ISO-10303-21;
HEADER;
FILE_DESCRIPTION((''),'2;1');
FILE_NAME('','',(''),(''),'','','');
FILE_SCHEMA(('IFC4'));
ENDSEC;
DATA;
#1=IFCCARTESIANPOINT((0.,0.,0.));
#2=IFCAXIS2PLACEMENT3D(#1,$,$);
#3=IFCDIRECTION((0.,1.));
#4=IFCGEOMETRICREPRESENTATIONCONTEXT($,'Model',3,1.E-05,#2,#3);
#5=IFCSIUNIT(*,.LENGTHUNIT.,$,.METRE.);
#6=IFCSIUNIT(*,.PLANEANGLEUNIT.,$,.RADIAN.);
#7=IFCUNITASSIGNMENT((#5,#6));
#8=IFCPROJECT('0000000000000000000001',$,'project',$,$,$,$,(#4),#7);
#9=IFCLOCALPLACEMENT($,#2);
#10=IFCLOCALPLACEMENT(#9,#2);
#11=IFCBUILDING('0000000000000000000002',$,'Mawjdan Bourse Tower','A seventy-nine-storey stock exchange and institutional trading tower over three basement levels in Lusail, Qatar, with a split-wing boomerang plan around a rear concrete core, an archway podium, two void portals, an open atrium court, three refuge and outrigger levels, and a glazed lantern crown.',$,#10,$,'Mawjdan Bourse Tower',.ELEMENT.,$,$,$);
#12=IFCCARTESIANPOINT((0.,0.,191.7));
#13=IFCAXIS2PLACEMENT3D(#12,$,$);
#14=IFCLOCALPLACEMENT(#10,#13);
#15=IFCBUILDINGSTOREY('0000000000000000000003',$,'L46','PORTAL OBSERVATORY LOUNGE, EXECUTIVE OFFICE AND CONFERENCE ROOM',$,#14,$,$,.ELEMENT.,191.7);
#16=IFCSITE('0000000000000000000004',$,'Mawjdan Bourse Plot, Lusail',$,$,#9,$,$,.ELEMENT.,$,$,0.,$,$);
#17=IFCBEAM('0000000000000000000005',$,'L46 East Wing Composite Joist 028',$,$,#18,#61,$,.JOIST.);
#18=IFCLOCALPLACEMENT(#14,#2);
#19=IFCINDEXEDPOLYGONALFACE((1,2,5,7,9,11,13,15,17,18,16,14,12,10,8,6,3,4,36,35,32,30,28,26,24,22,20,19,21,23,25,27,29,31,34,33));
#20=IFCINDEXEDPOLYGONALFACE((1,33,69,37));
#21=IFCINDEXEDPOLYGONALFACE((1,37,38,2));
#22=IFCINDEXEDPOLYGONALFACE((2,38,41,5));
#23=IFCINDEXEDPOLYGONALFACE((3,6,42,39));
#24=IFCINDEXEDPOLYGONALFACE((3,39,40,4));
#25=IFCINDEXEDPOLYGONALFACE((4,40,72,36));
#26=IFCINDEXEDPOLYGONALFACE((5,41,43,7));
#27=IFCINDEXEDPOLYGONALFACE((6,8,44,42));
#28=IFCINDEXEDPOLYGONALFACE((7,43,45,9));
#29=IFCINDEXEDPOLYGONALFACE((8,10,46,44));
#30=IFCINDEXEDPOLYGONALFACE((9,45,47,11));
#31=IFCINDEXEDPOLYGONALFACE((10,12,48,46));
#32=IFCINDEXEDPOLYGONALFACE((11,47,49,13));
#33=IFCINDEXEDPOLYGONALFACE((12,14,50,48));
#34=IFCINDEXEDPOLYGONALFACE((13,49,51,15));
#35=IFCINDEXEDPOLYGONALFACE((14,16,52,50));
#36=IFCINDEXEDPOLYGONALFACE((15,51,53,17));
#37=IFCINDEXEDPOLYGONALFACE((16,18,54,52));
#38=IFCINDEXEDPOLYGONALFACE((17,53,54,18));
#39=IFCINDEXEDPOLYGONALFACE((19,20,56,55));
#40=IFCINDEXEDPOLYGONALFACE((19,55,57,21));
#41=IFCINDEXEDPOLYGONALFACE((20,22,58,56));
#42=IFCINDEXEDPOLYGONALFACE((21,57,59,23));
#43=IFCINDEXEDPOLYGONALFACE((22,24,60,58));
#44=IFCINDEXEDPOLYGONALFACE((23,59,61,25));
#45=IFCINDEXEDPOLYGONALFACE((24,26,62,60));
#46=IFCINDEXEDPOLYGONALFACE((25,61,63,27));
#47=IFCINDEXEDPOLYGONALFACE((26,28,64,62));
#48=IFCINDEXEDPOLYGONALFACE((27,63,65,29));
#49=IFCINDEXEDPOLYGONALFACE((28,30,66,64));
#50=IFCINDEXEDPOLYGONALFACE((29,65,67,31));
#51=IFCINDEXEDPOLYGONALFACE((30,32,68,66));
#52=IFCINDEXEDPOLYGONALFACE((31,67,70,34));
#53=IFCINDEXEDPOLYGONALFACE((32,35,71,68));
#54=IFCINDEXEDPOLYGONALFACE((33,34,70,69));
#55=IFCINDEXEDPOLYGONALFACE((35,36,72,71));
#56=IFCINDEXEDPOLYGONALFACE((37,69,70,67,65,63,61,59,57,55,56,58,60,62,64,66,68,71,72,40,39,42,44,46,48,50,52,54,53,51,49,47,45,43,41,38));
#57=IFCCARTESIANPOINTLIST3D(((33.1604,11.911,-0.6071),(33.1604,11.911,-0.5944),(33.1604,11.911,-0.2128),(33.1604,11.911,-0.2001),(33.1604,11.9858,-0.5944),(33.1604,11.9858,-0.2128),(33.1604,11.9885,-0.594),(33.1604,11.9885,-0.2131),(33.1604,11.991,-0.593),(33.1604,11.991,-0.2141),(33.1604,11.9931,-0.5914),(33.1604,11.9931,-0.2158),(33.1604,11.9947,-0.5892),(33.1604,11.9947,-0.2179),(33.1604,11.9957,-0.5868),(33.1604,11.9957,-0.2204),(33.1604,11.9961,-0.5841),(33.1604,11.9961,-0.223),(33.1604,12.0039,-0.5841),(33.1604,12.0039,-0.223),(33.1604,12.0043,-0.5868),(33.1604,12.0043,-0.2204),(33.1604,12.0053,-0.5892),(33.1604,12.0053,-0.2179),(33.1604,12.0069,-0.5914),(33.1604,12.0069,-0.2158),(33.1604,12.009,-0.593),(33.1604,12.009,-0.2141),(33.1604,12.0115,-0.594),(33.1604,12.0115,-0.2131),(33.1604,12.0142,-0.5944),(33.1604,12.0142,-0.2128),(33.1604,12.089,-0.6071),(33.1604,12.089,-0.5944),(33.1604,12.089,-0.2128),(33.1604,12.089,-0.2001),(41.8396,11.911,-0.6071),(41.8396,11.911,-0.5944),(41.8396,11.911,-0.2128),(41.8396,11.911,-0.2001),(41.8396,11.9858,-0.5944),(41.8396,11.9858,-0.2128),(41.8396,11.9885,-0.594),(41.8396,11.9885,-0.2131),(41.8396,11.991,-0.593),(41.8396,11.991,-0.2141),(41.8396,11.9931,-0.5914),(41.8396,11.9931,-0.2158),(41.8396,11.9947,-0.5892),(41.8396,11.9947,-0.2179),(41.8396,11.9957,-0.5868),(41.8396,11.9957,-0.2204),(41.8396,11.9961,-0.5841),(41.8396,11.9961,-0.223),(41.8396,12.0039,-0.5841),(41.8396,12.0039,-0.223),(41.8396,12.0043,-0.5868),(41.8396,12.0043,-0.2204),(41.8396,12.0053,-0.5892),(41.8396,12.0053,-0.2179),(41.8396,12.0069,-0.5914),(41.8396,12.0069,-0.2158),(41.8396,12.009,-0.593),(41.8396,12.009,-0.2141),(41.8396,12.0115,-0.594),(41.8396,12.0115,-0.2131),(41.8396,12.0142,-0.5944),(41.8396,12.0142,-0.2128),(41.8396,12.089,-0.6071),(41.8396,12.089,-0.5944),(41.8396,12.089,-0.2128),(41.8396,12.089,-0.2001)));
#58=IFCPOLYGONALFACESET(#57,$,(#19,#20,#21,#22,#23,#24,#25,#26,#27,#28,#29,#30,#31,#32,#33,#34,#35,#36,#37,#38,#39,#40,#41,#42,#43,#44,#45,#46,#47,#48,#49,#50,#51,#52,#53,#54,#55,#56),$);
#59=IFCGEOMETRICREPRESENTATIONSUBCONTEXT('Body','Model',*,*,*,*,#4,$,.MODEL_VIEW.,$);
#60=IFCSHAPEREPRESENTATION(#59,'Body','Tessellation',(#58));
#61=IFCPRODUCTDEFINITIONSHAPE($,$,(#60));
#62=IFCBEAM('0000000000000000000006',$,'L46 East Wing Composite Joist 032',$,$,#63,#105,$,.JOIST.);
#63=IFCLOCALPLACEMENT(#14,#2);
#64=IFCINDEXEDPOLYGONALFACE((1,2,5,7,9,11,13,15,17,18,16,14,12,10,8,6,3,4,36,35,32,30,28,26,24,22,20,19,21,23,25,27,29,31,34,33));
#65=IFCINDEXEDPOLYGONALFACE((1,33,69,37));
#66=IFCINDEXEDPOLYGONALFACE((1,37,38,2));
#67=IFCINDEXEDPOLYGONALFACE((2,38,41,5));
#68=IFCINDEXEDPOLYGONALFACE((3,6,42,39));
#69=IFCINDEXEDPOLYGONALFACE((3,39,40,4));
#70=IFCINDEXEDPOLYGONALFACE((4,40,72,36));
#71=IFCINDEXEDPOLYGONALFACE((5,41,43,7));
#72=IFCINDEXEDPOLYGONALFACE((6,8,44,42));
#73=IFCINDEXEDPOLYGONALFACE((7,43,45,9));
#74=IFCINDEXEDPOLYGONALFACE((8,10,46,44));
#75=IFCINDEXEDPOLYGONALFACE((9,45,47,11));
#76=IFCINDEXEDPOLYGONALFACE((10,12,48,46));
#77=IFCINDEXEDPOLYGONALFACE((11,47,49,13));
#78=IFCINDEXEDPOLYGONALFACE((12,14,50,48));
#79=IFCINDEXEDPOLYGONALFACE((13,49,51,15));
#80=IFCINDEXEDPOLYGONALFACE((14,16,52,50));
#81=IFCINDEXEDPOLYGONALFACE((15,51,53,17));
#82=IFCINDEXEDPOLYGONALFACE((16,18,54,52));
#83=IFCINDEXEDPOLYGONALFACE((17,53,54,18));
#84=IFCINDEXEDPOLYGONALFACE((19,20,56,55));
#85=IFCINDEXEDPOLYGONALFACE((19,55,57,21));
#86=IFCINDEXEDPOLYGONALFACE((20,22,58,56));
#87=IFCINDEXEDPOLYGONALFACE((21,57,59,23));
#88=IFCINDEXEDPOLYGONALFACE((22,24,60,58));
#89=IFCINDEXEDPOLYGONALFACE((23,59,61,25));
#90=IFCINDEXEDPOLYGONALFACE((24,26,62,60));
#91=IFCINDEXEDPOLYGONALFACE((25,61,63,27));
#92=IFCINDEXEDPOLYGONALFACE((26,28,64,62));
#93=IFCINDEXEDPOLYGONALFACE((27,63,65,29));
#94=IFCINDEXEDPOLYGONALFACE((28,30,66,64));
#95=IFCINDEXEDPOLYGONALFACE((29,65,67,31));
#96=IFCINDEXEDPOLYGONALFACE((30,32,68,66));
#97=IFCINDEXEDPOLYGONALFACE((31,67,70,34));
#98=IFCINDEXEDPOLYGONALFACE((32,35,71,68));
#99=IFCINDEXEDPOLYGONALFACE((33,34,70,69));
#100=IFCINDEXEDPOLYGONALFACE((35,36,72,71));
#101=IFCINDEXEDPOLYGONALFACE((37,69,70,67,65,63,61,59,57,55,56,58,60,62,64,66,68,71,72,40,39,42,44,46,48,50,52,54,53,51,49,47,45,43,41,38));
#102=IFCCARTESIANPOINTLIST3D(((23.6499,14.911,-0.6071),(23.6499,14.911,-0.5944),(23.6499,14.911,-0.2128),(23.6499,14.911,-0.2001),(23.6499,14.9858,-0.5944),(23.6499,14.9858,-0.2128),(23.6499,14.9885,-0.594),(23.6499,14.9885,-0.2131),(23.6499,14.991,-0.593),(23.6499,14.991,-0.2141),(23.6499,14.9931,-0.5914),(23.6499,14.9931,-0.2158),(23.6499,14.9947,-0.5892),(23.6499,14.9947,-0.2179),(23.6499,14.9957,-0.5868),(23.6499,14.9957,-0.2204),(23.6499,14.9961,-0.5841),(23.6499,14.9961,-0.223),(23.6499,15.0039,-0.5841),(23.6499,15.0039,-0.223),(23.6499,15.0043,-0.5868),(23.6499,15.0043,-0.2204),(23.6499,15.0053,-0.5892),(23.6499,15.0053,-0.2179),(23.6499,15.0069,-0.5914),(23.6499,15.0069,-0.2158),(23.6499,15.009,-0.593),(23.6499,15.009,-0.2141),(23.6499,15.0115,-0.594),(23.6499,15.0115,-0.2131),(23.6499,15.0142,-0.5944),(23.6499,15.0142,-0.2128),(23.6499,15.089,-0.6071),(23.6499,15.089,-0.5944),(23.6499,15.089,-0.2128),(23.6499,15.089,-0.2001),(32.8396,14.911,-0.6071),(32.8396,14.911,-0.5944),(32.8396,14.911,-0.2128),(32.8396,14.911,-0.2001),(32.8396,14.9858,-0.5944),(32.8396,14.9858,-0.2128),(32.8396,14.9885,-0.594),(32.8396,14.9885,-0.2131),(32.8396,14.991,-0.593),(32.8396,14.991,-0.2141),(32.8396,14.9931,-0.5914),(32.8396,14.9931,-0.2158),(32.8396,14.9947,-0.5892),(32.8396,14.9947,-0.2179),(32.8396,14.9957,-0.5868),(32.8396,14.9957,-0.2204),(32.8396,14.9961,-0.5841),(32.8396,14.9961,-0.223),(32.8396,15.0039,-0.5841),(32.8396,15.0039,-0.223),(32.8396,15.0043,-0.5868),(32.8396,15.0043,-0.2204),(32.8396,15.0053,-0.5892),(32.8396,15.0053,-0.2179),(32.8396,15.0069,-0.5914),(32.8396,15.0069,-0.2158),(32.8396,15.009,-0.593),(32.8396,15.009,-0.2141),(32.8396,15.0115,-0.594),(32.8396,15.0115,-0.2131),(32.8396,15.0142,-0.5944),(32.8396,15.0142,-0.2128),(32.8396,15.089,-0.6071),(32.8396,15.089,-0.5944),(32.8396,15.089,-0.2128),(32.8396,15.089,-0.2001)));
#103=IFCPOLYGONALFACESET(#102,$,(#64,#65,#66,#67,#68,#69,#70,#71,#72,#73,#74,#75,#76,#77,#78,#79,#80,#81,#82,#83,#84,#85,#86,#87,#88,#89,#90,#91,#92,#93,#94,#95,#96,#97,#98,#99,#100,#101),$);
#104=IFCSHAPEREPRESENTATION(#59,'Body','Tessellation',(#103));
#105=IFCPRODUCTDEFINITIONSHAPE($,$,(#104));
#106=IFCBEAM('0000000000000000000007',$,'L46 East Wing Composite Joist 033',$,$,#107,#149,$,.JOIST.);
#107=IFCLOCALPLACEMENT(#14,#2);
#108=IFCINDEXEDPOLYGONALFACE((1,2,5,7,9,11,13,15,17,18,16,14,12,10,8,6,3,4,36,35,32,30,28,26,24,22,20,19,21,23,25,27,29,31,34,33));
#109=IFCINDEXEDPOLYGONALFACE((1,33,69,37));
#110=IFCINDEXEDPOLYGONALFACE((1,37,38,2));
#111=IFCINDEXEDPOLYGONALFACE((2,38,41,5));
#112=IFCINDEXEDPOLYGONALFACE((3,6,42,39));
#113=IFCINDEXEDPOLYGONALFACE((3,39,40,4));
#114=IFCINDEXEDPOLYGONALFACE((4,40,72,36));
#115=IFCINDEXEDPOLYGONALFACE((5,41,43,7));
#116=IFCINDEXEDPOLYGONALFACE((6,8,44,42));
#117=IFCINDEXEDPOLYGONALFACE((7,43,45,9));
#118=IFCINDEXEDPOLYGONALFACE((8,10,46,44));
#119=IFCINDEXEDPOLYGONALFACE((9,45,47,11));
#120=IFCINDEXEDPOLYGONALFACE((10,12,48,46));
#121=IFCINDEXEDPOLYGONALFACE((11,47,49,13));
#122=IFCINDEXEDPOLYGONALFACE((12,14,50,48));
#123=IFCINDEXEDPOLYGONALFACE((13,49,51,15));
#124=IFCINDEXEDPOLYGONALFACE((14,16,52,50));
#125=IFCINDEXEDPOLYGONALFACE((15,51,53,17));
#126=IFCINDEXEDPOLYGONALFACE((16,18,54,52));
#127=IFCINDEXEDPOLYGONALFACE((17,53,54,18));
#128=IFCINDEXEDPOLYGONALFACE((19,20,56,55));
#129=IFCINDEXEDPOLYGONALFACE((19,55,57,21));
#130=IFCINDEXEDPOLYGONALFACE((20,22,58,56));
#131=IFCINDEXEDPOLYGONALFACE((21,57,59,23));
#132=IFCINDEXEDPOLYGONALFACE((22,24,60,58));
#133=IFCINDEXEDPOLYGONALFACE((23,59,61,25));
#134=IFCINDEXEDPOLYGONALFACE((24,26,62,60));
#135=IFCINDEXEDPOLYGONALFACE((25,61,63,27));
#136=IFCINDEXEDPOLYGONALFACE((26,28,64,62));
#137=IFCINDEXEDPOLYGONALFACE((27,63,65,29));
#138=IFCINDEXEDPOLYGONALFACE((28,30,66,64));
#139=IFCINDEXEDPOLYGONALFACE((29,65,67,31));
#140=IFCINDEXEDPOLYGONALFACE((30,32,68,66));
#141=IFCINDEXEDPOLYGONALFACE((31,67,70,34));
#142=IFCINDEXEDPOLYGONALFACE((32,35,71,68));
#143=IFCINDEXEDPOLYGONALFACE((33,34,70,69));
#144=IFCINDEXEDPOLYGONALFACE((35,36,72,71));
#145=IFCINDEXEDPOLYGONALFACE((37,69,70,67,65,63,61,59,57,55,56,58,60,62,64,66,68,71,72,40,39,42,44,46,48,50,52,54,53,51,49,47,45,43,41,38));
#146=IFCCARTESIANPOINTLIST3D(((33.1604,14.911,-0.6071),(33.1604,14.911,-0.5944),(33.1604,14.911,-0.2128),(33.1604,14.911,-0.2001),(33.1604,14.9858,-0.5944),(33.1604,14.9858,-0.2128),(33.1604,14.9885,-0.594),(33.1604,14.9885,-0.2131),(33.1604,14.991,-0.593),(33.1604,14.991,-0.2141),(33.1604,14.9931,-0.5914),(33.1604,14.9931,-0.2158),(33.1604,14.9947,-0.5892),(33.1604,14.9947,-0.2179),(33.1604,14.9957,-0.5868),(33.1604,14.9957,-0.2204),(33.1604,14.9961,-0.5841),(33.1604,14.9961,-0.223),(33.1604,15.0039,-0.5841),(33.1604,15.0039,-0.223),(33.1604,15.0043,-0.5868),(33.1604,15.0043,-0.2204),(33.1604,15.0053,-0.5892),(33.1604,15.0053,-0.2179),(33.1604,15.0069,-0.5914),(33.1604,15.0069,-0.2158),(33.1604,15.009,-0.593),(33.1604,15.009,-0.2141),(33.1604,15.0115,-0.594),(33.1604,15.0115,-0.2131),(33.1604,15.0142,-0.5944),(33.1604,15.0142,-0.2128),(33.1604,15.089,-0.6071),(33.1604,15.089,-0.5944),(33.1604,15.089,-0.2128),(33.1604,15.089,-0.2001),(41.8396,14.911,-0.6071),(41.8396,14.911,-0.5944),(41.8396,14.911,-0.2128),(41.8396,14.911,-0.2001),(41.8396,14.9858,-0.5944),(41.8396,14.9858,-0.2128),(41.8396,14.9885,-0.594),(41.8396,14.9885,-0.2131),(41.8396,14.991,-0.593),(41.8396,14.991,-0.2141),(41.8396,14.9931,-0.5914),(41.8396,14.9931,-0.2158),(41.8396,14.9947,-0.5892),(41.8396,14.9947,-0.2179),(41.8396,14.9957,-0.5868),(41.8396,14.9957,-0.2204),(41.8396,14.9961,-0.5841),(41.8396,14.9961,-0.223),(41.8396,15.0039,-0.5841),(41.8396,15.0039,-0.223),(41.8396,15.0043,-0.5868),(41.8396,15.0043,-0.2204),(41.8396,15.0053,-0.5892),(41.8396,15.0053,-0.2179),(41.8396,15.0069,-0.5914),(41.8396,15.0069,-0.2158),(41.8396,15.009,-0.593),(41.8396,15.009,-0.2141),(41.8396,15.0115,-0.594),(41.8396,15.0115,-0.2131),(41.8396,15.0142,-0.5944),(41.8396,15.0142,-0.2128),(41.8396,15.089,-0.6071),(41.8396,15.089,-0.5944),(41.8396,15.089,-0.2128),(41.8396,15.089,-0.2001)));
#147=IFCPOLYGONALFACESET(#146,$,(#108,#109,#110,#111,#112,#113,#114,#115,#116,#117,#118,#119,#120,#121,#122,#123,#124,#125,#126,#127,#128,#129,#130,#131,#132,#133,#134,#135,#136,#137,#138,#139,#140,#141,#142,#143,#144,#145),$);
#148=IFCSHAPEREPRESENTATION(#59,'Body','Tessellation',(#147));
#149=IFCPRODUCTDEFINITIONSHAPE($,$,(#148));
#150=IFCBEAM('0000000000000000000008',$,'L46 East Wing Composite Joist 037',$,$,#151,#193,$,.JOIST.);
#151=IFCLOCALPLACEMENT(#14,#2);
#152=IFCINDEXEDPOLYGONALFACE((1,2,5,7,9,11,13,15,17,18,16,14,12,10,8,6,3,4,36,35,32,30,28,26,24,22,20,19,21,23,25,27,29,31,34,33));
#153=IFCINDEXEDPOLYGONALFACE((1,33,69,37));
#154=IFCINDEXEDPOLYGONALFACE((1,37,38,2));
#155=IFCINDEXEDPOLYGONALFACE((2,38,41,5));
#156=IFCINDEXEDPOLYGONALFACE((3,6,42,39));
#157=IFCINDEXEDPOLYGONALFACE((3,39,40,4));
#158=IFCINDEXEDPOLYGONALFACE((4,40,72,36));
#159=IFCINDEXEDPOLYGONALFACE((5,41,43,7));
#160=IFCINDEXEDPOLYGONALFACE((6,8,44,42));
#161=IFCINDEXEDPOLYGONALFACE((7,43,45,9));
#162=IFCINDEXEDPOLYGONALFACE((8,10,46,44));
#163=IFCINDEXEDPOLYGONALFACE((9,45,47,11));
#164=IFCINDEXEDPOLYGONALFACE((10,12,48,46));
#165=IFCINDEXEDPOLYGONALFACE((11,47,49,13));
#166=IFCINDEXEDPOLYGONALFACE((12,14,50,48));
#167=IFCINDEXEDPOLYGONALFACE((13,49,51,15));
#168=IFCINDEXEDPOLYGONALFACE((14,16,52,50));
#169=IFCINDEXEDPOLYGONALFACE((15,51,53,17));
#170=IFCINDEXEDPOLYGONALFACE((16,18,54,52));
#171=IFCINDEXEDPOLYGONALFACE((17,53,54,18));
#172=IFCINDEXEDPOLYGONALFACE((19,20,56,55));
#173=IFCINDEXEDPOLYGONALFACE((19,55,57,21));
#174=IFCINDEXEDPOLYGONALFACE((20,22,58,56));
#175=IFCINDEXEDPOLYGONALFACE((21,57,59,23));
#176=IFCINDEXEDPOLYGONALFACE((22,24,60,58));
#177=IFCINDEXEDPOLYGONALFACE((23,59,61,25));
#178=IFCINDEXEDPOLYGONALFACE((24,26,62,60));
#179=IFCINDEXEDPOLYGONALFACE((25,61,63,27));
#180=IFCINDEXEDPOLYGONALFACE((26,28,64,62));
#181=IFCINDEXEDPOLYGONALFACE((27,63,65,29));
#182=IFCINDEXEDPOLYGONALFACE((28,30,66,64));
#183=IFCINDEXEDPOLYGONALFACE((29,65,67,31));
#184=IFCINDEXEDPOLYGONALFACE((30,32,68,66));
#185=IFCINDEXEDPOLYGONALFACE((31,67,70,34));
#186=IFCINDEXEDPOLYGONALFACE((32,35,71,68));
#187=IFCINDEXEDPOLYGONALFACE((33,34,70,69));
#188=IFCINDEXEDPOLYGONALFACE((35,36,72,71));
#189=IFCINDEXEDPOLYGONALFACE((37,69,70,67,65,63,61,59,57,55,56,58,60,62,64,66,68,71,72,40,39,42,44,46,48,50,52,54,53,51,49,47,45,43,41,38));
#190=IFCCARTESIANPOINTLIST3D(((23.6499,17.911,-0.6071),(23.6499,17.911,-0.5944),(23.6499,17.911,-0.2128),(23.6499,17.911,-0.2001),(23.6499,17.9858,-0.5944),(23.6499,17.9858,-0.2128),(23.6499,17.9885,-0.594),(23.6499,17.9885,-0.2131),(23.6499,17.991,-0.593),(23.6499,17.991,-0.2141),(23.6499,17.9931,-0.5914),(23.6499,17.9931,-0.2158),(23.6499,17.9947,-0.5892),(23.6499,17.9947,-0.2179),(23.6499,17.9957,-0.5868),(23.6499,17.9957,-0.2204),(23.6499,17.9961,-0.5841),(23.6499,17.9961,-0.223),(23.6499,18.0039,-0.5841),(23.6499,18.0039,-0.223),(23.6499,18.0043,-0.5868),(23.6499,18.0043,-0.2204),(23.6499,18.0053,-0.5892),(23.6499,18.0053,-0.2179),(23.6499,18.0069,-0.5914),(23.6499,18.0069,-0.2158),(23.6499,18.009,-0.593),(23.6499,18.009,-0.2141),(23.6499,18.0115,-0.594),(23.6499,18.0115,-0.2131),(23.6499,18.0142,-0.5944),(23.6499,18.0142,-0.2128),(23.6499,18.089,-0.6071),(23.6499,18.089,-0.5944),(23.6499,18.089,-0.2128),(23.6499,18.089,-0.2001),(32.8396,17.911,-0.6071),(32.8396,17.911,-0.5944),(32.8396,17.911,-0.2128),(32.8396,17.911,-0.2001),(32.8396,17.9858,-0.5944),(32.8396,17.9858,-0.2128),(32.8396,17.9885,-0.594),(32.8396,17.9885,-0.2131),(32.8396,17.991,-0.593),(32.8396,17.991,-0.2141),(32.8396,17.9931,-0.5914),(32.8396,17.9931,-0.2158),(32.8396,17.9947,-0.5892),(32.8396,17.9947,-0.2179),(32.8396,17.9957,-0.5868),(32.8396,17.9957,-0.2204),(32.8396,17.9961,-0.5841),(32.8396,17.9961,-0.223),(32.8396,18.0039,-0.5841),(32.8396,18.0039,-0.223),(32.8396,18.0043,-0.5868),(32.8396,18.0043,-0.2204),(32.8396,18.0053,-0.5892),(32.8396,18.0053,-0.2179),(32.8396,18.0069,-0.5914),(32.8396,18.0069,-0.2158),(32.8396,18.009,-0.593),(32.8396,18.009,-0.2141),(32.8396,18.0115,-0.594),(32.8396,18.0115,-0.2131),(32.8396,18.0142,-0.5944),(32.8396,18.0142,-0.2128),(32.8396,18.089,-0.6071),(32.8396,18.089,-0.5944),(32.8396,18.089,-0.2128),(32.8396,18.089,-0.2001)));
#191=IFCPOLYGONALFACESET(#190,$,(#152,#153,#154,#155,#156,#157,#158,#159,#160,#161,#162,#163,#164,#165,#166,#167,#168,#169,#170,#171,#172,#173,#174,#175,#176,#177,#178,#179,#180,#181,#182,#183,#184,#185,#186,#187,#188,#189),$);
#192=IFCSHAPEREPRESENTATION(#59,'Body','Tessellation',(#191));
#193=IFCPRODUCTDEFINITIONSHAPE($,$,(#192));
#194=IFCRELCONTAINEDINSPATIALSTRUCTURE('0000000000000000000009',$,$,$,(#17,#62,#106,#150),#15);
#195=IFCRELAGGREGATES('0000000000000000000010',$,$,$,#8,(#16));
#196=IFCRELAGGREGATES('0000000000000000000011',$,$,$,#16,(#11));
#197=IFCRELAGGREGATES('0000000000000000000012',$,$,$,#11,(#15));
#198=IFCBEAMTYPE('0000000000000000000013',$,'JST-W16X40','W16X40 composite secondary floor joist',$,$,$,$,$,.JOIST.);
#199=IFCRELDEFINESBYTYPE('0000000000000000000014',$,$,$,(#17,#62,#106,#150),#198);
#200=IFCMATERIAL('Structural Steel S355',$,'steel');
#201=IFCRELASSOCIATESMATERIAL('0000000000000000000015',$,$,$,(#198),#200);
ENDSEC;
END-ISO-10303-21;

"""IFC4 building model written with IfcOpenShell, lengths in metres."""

from ifc_helpers import new_model, si_unit, direction, frame, origin, origin_2d, place, context, subcontext, project, spatial, i_section, extrude, material, material_profile, profile_set, type_object, element, save


model = new_model("IFC4")

# Units and contexts
model_context = context("Model", 3, precision=1e-05, world=origin(), true_north=direction((0.0, 1.0)))
body_context = subcontext(model_context, "Body", "Model", "MODEL_VIEW")
ifc_project = project(units=[si_unit("LENGTHUNIT", "METRE"), si_unit("PLANEANGLEUNIT", "RADIAN")], contexts=[model_context])

# Site, building, storey
site_placement = place(None, origin())
site = spatial("IfcSite", under=ifc_project, at=site_placement, Name="Mawjdan Bourse Plot, Lusail", CompositionType="ELEMENT", RefElevation=0.0)
building_placement = place(site_placement, origin())
building = spatial("IfcBuilding", under=site, at=building_placement, Name="Mawjdan Bourse Tower", Description="A seventy-nine-storey stock exchange and institutional trading tower over three basement levels in Lusail, Qatar, with a split-wing boomerang plan around a rear concrete core, an archway podium, two void portals, an open atrium court, three refuge and outrigger levels, and a glazed lantern crown.", LongName="Mawjdan Bourse Tower", CompositionType="ELEMENT")
storey_placement = place(building_placement, frame((0.0, 0.0, 191.7)))
storey = spatial("IfcBuildingStorey", under=building, at=storey_placement, Name="L46", Description="PORTAL OBSERVATORY LOUNGE, EXECUTIVE OFFICE AND CONFERENCE ROOM", CompositionType="ELEMENT", Elevation=191.7)

# Beams
ifc_material_1 = material(Name="Structural Steel S355", Category="steel")
ifc_material_profile_1 = material_profile(ifc_material_1, i_section(OverallWidth=0.178, OverallDepth=0.407, WebThickness=0.0078, FlangeThickness=0.0127, FilletRadius=0.0103, at=origin_2d()), Name="W16X40")
ifc_profile_set_1 = profile_set([ifc_material_profile_1], Name="Structural Steel S355")
beam_type_1 = type_object("IfcBeamType", Name="JST-W16X40", Description="W16X40 composite secondary floor joist", PredefinedType="JOIST", material=ifc_profile_set_1)
for number, where, z_axis, x_axis, name in (
    (1, (33.1604, 12.0, -0.4036), (1.0, 0.0, 0.0), (0.0, 1.0, 0.0), "L46 East Wing Composite Joist 028"),
):
    element("IfcBeam", number, at=place(storey_placement, frame(where, z_axis=z_axis, x_axis=x_axis)), inside=storey, type_object=beam_type_1, Name=name, PredefinedType="JOIST", context=body_context, shape_type="SweptSolid", body=[
        extrude(i_section(OverallWidth=0.178, OverallDepth=0.407, WebThickness=0.0078, FlangeThickness=0.0127, FilletRadius=0.0103, at=origin_2d()), origin(), (0.0, 0.0, 1.0), 8.6792),
    ])
beam_1_placement = place(storey_placement, frame((23.6499, 15.0, -0.4036), z_axis=(1.0, 0.0, 0.0), x_axis=(0.0, 1.0, 0.0)))
element("IfcBeam", 2, at=beam_1_placement, inside=storey, type_object=beam_type_1, Name="L46 East Wing Composite Joist 032", PredefinedType="JOIST", context=body_context, shape_type="SweptSolid", body=[
    extrude(i_section(OverallWidth=0.178, OverallDepth=0.407, WebThickness=0.0078, FlangeThickness=0.0127, FilletRadius=0.0103, at=origin_2d()), origin(), (0.0, 0.0, 1.0), 9.1897),
])
beam_2_placement = place(storey_placement, frame((33.1604, 15.0, -0.4036), z_axis=(1.0, 0.0, 0.0), x_axis=(0.0, 1.0, 0.0)))
element("IfcBeam", 3, at=beam_2_placement, inside=storey, type_object=beam_type_1, Name="L46 East Wing Composite Joist 033", PredefinedType="JOIST", context=body_context, shape_type="SweptSolid", body=[
    extrude(i_section(OverallWidth=0.178, OverallDepth=0.407, WebThickness=0.0078, FlangeThickness=0.0127, FilletRadius=0.0103, at=origin_2d()), origin(), (0.0, 0.0, 1.0), 8.6792),
])
beam_3_placement = place(storey_placement, frame((23.6499, 18.0, -0.4036), z_axis=(1.0, 0.0, 0.0), x_axis=(0.0, 1.0, 0.0)))
element("IfcBeam", 4, at=beam_3_placement, inside=storey, type_object=beam_type_1, Name="L46 East Wing Composite Joist 037", PredefinedType="JOIST", context=body_context, shape_type="SweptSolid", body=[
    extrude(i_section(OverallWidth=0.178, OverallDepth=0.407, WebThickness=0.0078, FlangeThickness=0.0127, FilletRadius=0.0103, at=origin_2d()), origin(), (0.0, 0.0, 1.0), 9.1897),
])

save(model, "model.ifc")
